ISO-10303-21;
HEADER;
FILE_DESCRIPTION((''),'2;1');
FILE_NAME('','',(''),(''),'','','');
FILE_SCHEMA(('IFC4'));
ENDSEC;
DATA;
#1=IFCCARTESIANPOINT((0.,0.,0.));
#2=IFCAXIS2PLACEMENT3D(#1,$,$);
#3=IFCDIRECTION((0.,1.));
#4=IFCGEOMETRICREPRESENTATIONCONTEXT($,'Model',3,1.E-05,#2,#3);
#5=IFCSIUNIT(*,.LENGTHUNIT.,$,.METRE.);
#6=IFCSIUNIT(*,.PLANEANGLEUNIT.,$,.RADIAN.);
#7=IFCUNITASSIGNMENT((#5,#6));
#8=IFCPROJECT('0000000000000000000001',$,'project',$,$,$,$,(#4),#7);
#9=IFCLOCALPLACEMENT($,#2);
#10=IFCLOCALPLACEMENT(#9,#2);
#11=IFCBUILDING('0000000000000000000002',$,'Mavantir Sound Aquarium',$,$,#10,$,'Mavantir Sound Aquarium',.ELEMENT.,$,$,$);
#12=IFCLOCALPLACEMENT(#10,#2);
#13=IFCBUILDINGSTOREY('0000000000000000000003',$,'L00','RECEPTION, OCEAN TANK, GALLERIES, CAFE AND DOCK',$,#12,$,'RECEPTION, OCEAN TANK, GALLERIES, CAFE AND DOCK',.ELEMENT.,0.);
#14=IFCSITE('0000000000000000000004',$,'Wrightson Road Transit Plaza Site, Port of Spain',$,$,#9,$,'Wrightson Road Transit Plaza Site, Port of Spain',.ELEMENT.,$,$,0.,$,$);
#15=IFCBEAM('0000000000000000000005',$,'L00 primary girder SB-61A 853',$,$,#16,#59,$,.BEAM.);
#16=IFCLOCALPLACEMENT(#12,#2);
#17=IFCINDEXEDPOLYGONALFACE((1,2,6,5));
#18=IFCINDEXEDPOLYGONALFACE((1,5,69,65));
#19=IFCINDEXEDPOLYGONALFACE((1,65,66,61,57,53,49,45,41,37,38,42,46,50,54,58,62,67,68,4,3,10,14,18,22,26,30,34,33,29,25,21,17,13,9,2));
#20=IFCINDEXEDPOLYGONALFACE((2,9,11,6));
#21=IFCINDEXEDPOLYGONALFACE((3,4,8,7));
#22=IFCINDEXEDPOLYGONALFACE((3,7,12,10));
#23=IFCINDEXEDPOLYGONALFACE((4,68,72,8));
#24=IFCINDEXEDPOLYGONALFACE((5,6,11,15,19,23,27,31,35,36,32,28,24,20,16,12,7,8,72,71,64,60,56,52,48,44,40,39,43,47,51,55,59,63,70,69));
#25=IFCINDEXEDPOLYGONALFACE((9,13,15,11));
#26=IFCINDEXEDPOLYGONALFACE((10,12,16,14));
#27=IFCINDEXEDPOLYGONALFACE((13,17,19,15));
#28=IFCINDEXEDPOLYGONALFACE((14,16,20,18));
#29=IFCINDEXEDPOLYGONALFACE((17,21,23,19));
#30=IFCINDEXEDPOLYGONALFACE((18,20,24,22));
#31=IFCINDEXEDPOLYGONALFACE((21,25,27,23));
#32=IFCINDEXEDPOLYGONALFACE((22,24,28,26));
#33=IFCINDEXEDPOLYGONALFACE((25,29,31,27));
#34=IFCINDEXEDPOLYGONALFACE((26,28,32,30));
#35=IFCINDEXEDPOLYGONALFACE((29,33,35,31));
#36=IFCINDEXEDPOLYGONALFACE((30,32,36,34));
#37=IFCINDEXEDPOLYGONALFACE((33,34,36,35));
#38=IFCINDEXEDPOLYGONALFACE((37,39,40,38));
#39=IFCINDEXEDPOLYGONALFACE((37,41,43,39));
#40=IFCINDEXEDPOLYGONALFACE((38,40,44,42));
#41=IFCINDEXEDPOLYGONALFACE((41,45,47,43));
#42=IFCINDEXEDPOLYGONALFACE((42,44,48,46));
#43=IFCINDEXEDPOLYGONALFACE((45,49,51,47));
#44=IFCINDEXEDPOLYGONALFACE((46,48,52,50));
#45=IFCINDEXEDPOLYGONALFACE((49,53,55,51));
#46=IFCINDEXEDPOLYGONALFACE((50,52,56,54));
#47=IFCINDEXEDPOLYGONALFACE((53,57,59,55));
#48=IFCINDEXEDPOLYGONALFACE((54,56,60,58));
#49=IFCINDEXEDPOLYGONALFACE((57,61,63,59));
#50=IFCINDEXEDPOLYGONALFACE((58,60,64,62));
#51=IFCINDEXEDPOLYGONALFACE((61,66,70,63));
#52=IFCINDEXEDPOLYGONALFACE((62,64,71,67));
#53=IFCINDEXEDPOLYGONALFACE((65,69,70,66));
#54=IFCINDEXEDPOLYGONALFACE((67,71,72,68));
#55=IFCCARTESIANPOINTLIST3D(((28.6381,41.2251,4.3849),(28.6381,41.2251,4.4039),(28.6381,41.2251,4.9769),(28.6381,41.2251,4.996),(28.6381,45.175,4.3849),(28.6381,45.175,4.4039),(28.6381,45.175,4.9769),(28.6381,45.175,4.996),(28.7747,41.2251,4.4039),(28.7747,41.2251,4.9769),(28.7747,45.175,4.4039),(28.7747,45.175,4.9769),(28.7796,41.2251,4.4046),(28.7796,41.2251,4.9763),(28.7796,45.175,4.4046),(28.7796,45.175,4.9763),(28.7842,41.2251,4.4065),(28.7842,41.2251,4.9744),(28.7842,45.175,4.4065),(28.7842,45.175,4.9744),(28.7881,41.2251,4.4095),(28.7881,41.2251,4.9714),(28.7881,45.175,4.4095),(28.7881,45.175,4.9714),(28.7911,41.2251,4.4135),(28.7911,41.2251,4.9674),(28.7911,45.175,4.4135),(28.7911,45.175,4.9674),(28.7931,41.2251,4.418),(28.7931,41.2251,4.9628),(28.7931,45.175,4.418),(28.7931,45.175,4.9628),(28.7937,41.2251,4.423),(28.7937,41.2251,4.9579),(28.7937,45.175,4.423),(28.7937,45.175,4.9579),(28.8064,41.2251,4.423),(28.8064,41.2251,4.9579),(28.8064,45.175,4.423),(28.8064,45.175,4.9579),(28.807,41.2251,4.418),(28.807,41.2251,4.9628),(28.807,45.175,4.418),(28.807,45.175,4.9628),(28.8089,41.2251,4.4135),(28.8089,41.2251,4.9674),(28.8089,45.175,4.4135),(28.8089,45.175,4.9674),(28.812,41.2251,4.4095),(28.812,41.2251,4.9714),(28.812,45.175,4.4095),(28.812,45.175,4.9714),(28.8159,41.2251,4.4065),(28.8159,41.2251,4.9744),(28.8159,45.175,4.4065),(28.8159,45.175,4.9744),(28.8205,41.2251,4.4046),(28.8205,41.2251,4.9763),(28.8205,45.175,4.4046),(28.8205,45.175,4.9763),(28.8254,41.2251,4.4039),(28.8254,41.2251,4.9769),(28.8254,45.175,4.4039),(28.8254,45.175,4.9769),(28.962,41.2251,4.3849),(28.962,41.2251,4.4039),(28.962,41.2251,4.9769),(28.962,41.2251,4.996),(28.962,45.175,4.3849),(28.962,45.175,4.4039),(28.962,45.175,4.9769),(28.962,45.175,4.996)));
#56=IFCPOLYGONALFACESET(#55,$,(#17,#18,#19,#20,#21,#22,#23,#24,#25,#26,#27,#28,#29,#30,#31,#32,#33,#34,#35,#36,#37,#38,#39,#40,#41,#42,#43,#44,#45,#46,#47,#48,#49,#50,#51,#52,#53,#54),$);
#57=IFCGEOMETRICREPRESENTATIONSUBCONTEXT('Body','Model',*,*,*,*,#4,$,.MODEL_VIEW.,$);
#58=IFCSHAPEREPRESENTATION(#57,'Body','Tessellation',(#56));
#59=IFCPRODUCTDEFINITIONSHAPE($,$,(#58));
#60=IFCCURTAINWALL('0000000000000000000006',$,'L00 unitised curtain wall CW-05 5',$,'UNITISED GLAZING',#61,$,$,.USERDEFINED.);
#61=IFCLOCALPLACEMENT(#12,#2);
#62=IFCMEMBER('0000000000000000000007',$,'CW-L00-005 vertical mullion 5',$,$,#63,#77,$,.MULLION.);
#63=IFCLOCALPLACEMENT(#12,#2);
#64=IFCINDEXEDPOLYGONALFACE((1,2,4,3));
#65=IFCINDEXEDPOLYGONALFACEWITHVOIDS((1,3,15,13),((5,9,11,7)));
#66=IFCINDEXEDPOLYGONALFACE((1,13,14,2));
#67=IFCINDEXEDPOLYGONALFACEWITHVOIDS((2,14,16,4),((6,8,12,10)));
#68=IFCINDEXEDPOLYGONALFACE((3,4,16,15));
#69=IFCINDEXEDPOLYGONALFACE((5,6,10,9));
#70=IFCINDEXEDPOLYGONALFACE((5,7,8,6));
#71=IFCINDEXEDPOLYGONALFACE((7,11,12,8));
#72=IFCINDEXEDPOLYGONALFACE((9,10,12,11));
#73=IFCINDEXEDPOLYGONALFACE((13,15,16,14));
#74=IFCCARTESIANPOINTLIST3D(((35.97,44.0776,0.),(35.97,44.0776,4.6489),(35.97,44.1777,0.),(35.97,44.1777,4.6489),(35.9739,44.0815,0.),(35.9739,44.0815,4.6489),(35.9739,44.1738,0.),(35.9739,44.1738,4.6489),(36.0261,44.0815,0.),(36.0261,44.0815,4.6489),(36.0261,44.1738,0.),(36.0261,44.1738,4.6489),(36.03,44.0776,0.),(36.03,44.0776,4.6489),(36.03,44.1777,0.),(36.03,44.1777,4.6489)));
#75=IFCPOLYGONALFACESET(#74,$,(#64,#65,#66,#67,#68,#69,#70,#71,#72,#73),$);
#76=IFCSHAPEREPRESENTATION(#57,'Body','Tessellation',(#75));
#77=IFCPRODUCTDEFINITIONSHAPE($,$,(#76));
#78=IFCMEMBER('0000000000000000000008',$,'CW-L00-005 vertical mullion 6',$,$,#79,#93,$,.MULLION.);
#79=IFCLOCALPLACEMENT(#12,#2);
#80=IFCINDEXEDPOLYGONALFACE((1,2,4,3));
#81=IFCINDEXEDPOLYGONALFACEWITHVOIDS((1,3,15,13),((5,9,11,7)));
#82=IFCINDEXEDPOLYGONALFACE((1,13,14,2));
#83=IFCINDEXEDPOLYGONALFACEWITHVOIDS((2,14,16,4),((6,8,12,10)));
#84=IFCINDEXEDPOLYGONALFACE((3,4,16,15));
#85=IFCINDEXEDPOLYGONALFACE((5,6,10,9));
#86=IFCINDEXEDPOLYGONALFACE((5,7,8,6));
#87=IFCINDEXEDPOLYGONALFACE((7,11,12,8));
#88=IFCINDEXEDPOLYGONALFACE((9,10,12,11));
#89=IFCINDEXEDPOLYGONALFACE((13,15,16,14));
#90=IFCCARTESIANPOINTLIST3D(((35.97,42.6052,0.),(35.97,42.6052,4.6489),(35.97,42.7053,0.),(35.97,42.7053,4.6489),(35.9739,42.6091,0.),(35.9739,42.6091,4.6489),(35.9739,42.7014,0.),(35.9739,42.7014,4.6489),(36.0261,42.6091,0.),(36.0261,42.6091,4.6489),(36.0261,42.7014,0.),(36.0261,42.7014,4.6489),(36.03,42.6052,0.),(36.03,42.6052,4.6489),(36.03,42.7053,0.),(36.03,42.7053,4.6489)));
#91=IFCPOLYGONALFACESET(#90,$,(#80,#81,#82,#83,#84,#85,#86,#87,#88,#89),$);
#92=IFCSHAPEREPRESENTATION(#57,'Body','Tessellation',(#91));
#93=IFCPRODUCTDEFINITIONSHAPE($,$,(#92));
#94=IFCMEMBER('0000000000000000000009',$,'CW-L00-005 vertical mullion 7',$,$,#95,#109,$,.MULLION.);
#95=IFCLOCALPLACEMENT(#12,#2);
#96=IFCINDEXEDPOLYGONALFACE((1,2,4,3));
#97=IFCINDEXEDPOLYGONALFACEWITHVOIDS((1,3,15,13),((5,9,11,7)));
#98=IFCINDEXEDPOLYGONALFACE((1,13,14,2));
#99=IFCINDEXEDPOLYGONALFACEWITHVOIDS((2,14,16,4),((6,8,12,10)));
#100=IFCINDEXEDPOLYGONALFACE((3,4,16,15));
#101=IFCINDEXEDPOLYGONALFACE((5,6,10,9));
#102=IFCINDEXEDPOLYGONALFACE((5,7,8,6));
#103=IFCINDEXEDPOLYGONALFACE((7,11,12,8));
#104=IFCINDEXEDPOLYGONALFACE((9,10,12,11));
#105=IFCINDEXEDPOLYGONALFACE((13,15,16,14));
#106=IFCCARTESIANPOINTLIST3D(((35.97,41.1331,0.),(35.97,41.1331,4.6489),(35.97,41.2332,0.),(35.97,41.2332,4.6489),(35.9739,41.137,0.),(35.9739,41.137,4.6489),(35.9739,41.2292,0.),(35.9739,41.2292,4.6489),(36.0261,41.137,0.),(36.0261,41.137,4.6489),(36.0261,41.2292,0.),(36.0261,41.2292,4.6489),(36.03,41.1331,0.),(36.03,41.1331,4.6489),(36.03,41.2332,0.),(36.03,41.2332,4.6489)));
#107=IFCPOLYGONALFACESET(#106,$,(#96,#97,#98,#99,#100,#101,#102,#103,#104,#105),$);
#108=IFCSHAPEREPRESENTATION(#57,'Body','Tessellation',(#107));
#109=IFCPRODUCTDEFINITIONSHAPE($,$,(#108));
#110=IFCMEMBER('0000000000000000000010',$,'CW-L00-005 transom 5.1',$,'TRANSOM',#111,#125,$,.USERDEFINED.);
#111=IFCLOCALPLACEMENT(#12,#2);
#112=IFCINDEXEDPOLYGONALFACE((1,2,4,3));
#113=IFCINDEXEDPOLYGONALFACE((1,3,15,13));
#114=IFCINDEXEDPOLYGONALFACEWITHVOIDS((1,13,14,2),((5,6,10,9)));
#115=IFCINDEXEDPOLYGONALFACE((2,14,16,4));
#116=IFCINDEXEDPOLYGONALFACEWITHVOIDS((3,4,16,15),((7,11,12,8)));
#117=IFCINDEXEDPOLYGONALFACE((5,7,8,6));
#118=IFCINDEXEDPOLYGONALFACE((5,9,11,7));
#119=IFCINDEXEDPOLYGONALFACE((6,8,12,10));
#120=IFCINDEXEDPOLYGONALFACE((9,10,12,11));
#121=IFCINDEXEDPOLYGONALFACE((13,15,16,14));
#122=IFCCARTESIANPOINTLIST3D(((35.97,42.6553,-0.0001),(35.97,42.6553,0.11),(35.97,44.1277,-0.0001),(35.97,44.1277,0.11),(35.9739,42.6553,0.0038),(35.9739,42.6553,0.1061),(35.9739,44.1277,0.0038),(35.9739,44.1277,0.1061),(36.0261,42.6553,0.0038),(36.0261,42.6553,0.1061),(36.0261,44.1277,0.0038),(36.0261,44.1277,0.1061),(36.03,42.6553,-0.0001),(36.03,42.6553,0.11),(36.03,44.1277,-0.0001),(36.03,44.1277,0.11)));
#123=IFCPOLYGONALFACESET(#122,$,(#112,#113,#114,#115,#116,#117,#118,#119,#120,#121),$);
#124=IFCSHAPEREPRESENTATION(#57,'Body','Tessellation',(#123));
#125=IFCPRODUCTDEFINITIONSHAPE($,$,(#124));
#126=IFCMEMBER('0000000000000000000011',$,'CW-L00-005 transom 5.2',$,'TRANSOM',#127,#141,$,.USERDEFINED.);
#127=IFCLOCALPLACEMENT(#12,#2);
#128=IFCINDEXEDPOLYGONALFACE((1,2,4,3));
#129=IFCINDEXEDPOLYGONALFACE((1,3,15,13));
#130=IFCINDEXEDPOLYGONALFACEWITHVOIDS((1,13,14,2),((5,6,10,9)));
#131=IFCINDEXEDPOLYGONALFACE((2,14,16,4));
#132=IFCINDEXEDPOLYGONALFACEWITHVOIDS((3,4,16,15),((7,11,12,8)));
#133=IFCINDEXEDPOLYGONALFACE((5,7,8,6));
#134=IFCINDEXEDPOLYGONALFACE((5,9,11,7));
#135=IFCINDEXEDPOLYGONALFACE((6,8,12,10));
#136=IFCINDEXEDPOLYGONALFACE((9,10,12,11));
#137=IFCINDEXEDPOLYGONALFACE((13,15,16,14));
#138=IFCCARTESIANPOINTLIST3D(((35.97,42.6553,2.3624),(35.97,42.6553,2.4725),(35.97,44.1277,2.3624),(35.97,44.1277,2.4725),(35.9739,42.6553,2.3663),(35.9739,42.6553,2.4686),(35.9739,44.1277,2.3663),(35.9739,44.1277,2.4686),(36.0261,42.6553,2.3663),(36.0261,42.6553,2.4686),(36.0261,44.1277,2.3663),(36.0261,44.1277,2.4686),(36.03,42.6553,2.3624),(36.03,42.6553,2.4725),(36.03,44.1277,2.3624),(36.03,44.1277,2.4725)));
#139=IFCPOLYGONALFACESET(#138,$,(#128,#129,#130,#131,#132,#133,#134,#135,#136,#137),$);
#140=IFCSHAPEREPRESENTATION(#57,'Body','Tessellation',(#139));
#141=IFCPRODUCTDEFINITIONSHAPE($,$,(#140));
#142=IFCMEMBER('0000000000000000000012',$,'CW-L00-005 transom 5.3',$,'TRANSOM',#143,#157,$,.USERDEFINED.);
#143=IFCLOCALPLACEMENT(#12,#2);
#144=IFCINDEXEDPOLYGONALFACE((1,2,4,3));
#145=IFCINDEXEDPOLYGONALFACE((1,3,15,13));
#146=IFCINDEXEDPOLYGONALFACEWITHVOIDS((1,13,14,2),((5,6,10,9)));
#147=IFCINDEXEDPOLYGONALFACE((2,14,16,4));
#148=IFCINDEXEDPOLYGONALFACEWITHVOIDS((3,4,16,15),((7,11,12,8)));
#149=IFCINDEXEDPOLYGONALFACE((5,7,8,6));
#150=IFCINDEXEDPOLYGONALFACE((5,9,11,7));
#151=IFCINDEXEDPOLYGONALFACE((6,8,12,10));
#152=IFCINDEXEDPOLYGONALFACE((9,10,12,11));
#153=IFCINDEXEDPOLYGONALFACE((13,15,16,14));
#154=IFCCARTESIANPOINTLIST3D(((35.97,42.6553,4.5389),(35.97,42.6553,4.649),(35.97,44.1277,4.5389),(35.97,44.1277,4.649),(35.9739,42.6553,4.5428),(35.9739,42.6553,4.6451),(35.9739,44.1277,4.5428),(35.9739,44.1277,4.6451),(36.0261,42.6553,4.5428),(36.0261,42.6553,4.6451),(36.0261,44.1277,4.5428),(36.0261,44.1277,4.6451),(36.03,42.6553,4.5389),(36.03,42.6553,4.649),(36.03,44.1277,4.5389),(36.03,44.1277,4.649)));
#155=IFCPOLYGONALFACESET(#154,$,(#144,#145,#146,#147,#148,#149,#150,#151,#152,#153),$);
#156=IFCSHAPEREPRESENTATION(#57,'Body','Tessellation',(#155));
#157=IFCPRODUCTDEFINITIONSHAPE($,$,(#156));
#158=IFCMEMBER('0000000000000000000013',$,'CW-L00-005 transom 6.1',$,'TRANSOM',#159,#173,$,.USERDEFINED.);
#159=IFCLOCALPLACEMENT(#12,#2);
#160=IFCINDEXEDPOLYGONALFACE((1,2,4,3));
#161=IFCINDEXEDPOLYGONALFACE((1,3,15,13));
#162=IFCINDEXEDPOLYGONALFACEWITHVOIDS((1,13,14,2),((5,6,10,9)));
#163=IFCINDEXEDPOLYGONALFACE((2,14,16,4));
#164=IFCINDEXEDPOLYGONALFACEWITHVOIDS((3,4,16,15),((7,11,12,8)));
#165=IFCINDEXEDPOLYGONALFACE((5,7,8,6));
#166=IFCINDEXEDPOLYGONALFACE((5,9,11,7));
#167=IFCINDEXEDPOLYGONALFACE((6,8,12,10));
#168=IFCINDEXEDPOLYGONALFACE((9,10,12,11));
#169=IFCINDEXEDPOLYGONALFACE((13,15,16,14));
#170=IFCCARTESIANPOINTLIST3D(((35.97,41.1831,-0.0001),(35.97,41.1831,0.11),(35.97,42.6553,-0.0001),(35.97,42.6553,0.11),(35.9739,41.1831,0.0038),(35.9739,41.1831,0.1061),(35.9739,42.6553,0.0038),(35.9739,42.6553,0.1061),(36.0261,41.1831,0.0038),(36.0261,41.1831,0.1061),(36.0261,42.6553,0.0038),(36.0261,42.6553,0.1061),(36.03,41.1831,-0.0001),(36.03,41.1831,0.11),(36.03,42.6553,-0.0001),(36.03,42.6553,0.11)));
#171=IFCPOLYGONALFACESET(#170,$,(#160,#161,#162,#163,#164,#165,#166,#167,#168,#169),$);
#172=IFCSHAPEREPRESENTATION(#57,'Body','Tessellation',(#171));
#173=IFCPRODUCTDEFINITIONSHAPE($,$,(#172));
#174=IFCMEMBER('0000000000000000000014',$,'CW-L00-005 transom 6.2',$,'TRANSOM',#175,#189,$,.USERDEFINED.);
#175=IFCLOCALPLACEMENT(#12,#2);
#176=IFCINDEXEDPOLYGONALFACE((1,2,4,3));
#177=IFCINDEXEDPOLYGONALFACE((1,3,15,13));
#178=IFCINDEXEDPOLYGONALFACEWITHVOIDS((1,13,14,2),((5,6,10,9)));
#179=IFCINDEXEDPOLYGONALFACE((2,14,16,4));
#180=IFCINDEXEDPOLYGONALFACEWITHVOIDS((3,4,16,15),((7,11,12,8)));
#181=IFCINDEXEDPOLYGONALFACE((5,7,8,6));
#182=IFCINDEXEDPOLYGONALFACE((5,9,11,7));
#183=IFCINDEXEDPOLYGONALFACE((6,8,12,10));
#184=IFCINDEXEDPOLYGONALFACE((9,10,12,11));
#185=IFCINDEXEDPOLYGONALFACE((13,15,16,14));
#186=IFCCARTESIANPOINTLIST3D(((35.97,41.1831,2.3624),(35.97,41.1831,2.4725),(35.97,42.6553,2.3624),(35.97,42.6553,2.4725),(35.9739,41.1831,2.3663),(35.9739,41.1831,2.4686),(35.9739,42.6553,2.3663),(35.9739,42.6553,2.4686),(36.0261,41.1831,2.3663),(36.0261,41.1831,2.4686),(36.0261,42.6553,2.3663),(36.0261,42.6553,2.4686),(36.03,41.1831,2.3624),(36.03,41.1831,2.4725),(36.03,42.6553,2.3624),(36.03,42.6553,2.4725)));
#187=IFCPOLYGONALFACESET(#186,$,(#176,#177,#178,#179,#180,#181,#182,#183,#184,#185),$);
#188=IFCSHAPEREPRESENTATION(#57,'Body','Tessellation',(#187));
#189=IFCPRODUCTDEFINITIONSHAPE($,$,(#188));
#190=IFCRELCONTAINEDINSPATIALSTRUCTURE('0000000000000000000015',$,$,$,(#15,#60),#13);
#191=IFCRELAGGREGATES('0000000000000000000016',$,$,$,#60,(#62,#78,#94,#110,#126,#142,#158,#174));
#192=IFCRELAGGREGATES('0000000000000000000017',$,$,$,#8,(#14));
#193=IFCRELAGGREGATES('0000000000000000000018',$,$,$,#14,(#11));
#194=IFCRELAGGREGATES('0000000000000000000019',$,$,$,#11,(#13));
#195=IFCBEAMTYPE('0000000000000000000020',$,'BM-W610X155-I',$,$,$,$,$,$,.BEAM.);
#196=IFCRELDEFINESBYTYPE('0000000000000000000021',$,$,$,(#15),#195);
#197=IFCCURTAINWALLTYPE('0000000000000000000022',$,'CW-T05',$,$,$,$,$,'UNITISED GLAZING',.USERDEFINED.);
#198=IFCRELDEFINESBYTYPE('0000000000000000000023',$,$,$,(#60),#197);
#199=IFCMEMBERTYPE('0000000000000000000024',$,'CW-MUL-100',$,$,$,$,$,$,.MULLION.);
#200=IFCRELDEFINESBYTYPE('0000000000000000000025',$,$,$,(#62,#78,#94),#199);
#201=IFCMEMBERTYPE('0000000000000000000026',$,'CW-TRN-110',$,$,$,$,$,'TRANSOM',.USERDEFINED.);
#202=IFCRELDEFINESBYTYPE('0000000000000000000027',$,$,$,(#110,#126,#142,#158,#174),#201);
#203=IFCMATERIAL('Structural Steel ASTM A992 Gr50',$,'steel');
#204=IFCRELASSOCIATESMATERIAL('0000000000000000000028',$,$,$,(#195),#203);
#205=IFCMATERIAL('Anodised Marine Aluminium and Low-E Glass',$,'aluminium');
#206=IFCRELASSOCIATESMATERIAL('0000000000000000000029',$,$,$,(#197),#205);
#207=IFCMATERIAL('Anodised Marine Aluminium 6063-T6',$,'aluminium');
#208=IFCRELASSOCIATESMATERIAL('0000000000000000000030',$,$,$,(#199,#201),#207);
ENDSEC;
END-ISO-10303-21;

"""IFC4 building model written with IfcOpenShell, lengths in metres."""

from ifc_helpers import new_model, si_unit, direction, frame, origin, origin_2d, place, context, subcontext, project, spatial, hollow_rectangle, i_section, extrude, material, material_profile, profile_set, type_object, element, aggregate, save


model = new_model("IFC4")

# Units and contexts
model_context = context("Model", 3, precision=1e-05, world=origin(), true_north=direction((0.0, 1.0)))
body_context = subcontext(model_context, "Body", "Model", "MODEL_VIEW")
ifc_project = project(units=[si_unit("LENGTHUNIT", "METRE"), si_unit("PLANEANGLEUNIT", "RADIAN")], contexts=[model_context])

# Site, building, storey
site_placement = place(None, origin())
site = spatial("IfcSite", under=ifc_project, at=site_placement, Name="Wrightson Road Transit Plaza Site, Port of Spain", LongName="Wrightson Road Transit Plaza Site, Port of Spain", CompositionType="ELEMENT", RefElevation=0.0)
building_placement = place(site_placement, origin())
building = spatial("IfcBuilding", under=site, at=building_placement, Name="Mavantir Sound Aquarium", LongName="Mavantir Sound Aquarium", CompositionType="ELEMENT")
storey_placement = place(building_placement, origin())
storey = spatial("IfcBuildingStorey", under=building, at=storey_placement, Name="L00", Description="RECEPTION, OCEAN TANK, GALLERIES, CAFE AND DOCK", LongName="RECEPTION, OCEAN TANK, GALLERIES, CAFE AND DOCK", CompositionType="ELEMENT", Elevation=0.0)

# Beam
ifc_material_1 = material(Name="Structural Steel ASTM A992 Gr50", Category="steel")
ifc_material_profile_1 = material_profile(ifc_material_1, i_section(OverallWidth=0.324, OverallDepth=0.6111, WebThickness=0.0127, FlangeThickness=0.019, FilletRadius=0.019, at=origin_2d()), Name="W610X155")
ifc_profile_set_1 = profile_set([ifc_material_profile_1], Name="Structural Steel ASTM A992 Gr50")
beam_type_1 = type_object("IfcBeamType", Name="BM-W610X155-I", PredefinedType="BEAM", material=ifc_profile_set_1)
beam_1_placement = place(storey_placement, frame((28.8, 41.2251, 4.6904), z_axis=(0.0, 1.0, 0.0), x_axis=(-1.0, 0.0, 0.0)))
element("IfcBeam", 1, at=beam_1_placement, inside=storey, type_object=beam_type_1, Name="L00 primary girder SB-61A 853", PredefinedType="BEAM", context=body_context, shape_type="SweptSolid", body=[
    extrude(i_section(OverallWidth=0.324, OverallDepth=0.6111, WebThickness=0.0127, FlangeThickness=0.019, FilletRadius=0.019, at=origin_2d()), origin(), (0.0, 0.0, 1.0), 3.95),
])

# Curtain wall, members
ifc_material_2 = material(Name="Anodised Marine Aluminium and Low-E Glass", Category="aluminium")
curtain_wall_type = type_object("IfcCurtainWallType", Name="CW-T05", ElementType="UNITISED GLAZING", PredefinedType="USERDEFINED", material=ifc_material_2)
curtain_wall_placement = place(storey_placement, origin())
curtain_wall = element("IfcCurtainWall", 2, at=curtain_wall_placement, inside=storey, type_object=curtain_wall_type, Name="L00 unitised curtain wall CW-05 5", ObjectType="UNITISED GLAZING", PredefinedType="USERDEFINED")
ifc_material_3 = material(Name="Anodised Marine Aluminium 6063-T6", Category="aluminium")
ifc_material_profile_2 = material_profile(ifc_material_3, hollow_rectangle(XDim=0.0601, YDim=0.1001, WallThickness=0.0039, at=origin_2d()), Name="ALU-MULLION-100X60")
ifc_profile_set_2 = profile_set([ifc_material_profile_2], Name="Anodised Marine Aluminium 6063-T6")
member_type_1 = type_object("IfcMemberType", Name="CW-MUL-100", PredefinedType="MULLION", material=ifc_profile_set_2)
member_1_placement = place(storey_placement, frame((36.0, 44.1277, 0.0), z_axis=(0.0, 0.0, 1.0), x_axis=(1.0, 0.0, 0.0)))
member_1 = element("IfcMember", 3, at=member_1_placement, type_object=member_type_1, Name="CW-L00-005 vertical mullion 5", PredefinedType="MULLION", context=body_context, shape_type="SweptSolid", body=[
    extrude(hollow_rectangle(XDim=0.0601, YDim=0.1001, WallThickness=0.0039, at=origin_2d()), origin(), (0.0, 0.0, 1.0), 4.6489),
])
member_2_placement = place(storey_placement, frame((36.0, 42.6553, 0.0), z_axis=(0.0, 0.0, 1.0), x_axis=(1.0, 0.0, 0.0)))
member_2 = element("IfcMember", 4, at=member_2_placement, type_object=member_type_1, Name="CW-L00-005 vertical mullion 6", PredefinedType="MULLION", context=body_context, shape_type="SweptSolid", body=[
    extrude(hollow_rectangle(XDim=0.0601, YDim=0.1001, WallThickness=0.0039, at=origin_2d()), origin(), (0.0, 0.0, 1.0), 4.6489),
])
member_3_placement = place(storey_placement, frame((36.0, 41.1831, 0.0), z_axis=(0.0, 0.0, 1.0), x_axis=(1.0, 0.0, 0.0)))
member_3 = element("IfcMember", 5, at=member_3_placement, type_object=member_type_1, Name="CW-L00-005 vertical mullion 7", PredefinedType="MULLION", context=body_context, shape_type="SweptSolid", body=[
    extrude(hollow_rectangle(XDim=0.0601, YDim=0.1001, WallThickness=0.0039, at=origin_2d()), origin(), (0.0, 0.0, 1.0), 4.6489),
])
ifc_material_profile_3 = material_profile(ifc_material_3, hollow_rectangle(XDim=0.0601, YDim=0.1101, WallThickness=0.0039, at=origin_2d()), Name="ALU-TRANSOM-110X60")
ifc_profile_set_3 = profile_set([ifc_material_profile_3], Name="Anodised Marine Aluminium 6063-T6")
member_type_2 = type_object("IfcMemberType", Name="CW-TRN-110", ElementType="TRANSOM", PredefinedType="USERDEFINED", material=ifc_profile_set_3)
member_4_placement = place(storey_placement, frame((36.0, 44.1277, 0.0549), z_axis=(0.0, -1.0, 0.0), x_axis=(1.0, 0.0, 0.0)))
member_4 = element("IfcMember", 6, at=member_4_placement, type_object=member_type_2, Name="CW-L00-005 transom 5.1", ObjectType="TRANSOM", PredefinedType="USERDEFINED", context=body_context, shape_type="SweptSolid", body=[
    extrude(hollow_rectangle(XDim=0.0601, YDim=0.1101, WallThickness=0.0039, at=origin_2d()), origin(), (0.0, 0.0, 1.0), 1.4724),
])
member_5_placement = place(storey_placement, frame((36.0, 44.1277, 2.4175), z_axis=(0.0, -1.0, 0.0), x_axis=(1.0, 0.0, 0.0)))
member_5 = element("IfcMember", 7, at=member_5_placement, type_object=member_type_2, Name="CW-L00-005 transom 5.2", ObjectType="TRANSOM", PredefinedType="USERDEFINED", context=body_context, shape_type="SweptSolid", body=[
    extrude(hollow_rectangle(XDim=0.0601, YDim=0.1101, WallThickness=0.0039, at=origin_2d()), origin(), (0.0, 0.0, 1.0), 1.4724),
])
member_6_placement = place(storey_placement, frame((36.0, 44.1277, 4.594), z_axis=(0.0, -1.0, 0.0), x_axis=(1.0, 0.0, 0.0)))
member_6 = element("IfcMember", 8, at=member_6_placement, type_object=member_type_2, Name="CW-L00-005 transom 5.3", ObjectType="TRANSOM", PredefinedType="USERDEFINED", context=body_context, shape_type="SweptSolid", body=[
    extrude(hollow_rectangle(XDim=0.0601, YDim=0.1101, WallThickness=0.0039, at=origin_2d()), origin(), (0.0, 0.0, 1.0), 1.4724),
])
member_7_placement = place(storey_placement, frame((36.0, 42.6553, 0.0549), z_axis=(0.0, -1.0, 0.0), x_axis=(1.0, 0.0, 0.0)))
member_7 = element("IfcMember", 9, at=member_7_placement, type_object=member_type_2, Name="CW-L00-005 transom 6.1", ObjectType="TRANSOM", PredefinedType="USERDEFINED", context=body_context, shape_type="SweptSolid", body=[
    extrude(hollow_rectangle(XDim=0.0601, YDim=0.1101, WallThickness=0.0039, at=origin_2d()), origin(), (0.0, 0.0, 1.0), 1.4722),
])
member_8_placement = place(storey_placement, frame((36.0, 42.6553, 2.4175), z_axis=(0.0, -1.0, 0.0), x_axis=(1.0, 0.0, 0.0)))
member_8 = element("IfcMember", 10, at=member_8_placement, type_object=member_type_2, Name="CW-L00-005 transom 6.2", ObjectType="TRANSOM", PredefinedType="USERDEFINED", context=body_context, shape_type="SweptSolid", body=[
    extrude(hollow_rectangle(XDim=0.0601, YDim=0.1101, WallThickness=0.0039, at=origin_2d()), origin(), (0.0, 0.0, 1.0), 1.4722),
])
aggregate(curtain_wall, [member_1, member_2, member_3, member_4, member_5, member_6, member_7, member_8])

save(model, "model.ifc")
